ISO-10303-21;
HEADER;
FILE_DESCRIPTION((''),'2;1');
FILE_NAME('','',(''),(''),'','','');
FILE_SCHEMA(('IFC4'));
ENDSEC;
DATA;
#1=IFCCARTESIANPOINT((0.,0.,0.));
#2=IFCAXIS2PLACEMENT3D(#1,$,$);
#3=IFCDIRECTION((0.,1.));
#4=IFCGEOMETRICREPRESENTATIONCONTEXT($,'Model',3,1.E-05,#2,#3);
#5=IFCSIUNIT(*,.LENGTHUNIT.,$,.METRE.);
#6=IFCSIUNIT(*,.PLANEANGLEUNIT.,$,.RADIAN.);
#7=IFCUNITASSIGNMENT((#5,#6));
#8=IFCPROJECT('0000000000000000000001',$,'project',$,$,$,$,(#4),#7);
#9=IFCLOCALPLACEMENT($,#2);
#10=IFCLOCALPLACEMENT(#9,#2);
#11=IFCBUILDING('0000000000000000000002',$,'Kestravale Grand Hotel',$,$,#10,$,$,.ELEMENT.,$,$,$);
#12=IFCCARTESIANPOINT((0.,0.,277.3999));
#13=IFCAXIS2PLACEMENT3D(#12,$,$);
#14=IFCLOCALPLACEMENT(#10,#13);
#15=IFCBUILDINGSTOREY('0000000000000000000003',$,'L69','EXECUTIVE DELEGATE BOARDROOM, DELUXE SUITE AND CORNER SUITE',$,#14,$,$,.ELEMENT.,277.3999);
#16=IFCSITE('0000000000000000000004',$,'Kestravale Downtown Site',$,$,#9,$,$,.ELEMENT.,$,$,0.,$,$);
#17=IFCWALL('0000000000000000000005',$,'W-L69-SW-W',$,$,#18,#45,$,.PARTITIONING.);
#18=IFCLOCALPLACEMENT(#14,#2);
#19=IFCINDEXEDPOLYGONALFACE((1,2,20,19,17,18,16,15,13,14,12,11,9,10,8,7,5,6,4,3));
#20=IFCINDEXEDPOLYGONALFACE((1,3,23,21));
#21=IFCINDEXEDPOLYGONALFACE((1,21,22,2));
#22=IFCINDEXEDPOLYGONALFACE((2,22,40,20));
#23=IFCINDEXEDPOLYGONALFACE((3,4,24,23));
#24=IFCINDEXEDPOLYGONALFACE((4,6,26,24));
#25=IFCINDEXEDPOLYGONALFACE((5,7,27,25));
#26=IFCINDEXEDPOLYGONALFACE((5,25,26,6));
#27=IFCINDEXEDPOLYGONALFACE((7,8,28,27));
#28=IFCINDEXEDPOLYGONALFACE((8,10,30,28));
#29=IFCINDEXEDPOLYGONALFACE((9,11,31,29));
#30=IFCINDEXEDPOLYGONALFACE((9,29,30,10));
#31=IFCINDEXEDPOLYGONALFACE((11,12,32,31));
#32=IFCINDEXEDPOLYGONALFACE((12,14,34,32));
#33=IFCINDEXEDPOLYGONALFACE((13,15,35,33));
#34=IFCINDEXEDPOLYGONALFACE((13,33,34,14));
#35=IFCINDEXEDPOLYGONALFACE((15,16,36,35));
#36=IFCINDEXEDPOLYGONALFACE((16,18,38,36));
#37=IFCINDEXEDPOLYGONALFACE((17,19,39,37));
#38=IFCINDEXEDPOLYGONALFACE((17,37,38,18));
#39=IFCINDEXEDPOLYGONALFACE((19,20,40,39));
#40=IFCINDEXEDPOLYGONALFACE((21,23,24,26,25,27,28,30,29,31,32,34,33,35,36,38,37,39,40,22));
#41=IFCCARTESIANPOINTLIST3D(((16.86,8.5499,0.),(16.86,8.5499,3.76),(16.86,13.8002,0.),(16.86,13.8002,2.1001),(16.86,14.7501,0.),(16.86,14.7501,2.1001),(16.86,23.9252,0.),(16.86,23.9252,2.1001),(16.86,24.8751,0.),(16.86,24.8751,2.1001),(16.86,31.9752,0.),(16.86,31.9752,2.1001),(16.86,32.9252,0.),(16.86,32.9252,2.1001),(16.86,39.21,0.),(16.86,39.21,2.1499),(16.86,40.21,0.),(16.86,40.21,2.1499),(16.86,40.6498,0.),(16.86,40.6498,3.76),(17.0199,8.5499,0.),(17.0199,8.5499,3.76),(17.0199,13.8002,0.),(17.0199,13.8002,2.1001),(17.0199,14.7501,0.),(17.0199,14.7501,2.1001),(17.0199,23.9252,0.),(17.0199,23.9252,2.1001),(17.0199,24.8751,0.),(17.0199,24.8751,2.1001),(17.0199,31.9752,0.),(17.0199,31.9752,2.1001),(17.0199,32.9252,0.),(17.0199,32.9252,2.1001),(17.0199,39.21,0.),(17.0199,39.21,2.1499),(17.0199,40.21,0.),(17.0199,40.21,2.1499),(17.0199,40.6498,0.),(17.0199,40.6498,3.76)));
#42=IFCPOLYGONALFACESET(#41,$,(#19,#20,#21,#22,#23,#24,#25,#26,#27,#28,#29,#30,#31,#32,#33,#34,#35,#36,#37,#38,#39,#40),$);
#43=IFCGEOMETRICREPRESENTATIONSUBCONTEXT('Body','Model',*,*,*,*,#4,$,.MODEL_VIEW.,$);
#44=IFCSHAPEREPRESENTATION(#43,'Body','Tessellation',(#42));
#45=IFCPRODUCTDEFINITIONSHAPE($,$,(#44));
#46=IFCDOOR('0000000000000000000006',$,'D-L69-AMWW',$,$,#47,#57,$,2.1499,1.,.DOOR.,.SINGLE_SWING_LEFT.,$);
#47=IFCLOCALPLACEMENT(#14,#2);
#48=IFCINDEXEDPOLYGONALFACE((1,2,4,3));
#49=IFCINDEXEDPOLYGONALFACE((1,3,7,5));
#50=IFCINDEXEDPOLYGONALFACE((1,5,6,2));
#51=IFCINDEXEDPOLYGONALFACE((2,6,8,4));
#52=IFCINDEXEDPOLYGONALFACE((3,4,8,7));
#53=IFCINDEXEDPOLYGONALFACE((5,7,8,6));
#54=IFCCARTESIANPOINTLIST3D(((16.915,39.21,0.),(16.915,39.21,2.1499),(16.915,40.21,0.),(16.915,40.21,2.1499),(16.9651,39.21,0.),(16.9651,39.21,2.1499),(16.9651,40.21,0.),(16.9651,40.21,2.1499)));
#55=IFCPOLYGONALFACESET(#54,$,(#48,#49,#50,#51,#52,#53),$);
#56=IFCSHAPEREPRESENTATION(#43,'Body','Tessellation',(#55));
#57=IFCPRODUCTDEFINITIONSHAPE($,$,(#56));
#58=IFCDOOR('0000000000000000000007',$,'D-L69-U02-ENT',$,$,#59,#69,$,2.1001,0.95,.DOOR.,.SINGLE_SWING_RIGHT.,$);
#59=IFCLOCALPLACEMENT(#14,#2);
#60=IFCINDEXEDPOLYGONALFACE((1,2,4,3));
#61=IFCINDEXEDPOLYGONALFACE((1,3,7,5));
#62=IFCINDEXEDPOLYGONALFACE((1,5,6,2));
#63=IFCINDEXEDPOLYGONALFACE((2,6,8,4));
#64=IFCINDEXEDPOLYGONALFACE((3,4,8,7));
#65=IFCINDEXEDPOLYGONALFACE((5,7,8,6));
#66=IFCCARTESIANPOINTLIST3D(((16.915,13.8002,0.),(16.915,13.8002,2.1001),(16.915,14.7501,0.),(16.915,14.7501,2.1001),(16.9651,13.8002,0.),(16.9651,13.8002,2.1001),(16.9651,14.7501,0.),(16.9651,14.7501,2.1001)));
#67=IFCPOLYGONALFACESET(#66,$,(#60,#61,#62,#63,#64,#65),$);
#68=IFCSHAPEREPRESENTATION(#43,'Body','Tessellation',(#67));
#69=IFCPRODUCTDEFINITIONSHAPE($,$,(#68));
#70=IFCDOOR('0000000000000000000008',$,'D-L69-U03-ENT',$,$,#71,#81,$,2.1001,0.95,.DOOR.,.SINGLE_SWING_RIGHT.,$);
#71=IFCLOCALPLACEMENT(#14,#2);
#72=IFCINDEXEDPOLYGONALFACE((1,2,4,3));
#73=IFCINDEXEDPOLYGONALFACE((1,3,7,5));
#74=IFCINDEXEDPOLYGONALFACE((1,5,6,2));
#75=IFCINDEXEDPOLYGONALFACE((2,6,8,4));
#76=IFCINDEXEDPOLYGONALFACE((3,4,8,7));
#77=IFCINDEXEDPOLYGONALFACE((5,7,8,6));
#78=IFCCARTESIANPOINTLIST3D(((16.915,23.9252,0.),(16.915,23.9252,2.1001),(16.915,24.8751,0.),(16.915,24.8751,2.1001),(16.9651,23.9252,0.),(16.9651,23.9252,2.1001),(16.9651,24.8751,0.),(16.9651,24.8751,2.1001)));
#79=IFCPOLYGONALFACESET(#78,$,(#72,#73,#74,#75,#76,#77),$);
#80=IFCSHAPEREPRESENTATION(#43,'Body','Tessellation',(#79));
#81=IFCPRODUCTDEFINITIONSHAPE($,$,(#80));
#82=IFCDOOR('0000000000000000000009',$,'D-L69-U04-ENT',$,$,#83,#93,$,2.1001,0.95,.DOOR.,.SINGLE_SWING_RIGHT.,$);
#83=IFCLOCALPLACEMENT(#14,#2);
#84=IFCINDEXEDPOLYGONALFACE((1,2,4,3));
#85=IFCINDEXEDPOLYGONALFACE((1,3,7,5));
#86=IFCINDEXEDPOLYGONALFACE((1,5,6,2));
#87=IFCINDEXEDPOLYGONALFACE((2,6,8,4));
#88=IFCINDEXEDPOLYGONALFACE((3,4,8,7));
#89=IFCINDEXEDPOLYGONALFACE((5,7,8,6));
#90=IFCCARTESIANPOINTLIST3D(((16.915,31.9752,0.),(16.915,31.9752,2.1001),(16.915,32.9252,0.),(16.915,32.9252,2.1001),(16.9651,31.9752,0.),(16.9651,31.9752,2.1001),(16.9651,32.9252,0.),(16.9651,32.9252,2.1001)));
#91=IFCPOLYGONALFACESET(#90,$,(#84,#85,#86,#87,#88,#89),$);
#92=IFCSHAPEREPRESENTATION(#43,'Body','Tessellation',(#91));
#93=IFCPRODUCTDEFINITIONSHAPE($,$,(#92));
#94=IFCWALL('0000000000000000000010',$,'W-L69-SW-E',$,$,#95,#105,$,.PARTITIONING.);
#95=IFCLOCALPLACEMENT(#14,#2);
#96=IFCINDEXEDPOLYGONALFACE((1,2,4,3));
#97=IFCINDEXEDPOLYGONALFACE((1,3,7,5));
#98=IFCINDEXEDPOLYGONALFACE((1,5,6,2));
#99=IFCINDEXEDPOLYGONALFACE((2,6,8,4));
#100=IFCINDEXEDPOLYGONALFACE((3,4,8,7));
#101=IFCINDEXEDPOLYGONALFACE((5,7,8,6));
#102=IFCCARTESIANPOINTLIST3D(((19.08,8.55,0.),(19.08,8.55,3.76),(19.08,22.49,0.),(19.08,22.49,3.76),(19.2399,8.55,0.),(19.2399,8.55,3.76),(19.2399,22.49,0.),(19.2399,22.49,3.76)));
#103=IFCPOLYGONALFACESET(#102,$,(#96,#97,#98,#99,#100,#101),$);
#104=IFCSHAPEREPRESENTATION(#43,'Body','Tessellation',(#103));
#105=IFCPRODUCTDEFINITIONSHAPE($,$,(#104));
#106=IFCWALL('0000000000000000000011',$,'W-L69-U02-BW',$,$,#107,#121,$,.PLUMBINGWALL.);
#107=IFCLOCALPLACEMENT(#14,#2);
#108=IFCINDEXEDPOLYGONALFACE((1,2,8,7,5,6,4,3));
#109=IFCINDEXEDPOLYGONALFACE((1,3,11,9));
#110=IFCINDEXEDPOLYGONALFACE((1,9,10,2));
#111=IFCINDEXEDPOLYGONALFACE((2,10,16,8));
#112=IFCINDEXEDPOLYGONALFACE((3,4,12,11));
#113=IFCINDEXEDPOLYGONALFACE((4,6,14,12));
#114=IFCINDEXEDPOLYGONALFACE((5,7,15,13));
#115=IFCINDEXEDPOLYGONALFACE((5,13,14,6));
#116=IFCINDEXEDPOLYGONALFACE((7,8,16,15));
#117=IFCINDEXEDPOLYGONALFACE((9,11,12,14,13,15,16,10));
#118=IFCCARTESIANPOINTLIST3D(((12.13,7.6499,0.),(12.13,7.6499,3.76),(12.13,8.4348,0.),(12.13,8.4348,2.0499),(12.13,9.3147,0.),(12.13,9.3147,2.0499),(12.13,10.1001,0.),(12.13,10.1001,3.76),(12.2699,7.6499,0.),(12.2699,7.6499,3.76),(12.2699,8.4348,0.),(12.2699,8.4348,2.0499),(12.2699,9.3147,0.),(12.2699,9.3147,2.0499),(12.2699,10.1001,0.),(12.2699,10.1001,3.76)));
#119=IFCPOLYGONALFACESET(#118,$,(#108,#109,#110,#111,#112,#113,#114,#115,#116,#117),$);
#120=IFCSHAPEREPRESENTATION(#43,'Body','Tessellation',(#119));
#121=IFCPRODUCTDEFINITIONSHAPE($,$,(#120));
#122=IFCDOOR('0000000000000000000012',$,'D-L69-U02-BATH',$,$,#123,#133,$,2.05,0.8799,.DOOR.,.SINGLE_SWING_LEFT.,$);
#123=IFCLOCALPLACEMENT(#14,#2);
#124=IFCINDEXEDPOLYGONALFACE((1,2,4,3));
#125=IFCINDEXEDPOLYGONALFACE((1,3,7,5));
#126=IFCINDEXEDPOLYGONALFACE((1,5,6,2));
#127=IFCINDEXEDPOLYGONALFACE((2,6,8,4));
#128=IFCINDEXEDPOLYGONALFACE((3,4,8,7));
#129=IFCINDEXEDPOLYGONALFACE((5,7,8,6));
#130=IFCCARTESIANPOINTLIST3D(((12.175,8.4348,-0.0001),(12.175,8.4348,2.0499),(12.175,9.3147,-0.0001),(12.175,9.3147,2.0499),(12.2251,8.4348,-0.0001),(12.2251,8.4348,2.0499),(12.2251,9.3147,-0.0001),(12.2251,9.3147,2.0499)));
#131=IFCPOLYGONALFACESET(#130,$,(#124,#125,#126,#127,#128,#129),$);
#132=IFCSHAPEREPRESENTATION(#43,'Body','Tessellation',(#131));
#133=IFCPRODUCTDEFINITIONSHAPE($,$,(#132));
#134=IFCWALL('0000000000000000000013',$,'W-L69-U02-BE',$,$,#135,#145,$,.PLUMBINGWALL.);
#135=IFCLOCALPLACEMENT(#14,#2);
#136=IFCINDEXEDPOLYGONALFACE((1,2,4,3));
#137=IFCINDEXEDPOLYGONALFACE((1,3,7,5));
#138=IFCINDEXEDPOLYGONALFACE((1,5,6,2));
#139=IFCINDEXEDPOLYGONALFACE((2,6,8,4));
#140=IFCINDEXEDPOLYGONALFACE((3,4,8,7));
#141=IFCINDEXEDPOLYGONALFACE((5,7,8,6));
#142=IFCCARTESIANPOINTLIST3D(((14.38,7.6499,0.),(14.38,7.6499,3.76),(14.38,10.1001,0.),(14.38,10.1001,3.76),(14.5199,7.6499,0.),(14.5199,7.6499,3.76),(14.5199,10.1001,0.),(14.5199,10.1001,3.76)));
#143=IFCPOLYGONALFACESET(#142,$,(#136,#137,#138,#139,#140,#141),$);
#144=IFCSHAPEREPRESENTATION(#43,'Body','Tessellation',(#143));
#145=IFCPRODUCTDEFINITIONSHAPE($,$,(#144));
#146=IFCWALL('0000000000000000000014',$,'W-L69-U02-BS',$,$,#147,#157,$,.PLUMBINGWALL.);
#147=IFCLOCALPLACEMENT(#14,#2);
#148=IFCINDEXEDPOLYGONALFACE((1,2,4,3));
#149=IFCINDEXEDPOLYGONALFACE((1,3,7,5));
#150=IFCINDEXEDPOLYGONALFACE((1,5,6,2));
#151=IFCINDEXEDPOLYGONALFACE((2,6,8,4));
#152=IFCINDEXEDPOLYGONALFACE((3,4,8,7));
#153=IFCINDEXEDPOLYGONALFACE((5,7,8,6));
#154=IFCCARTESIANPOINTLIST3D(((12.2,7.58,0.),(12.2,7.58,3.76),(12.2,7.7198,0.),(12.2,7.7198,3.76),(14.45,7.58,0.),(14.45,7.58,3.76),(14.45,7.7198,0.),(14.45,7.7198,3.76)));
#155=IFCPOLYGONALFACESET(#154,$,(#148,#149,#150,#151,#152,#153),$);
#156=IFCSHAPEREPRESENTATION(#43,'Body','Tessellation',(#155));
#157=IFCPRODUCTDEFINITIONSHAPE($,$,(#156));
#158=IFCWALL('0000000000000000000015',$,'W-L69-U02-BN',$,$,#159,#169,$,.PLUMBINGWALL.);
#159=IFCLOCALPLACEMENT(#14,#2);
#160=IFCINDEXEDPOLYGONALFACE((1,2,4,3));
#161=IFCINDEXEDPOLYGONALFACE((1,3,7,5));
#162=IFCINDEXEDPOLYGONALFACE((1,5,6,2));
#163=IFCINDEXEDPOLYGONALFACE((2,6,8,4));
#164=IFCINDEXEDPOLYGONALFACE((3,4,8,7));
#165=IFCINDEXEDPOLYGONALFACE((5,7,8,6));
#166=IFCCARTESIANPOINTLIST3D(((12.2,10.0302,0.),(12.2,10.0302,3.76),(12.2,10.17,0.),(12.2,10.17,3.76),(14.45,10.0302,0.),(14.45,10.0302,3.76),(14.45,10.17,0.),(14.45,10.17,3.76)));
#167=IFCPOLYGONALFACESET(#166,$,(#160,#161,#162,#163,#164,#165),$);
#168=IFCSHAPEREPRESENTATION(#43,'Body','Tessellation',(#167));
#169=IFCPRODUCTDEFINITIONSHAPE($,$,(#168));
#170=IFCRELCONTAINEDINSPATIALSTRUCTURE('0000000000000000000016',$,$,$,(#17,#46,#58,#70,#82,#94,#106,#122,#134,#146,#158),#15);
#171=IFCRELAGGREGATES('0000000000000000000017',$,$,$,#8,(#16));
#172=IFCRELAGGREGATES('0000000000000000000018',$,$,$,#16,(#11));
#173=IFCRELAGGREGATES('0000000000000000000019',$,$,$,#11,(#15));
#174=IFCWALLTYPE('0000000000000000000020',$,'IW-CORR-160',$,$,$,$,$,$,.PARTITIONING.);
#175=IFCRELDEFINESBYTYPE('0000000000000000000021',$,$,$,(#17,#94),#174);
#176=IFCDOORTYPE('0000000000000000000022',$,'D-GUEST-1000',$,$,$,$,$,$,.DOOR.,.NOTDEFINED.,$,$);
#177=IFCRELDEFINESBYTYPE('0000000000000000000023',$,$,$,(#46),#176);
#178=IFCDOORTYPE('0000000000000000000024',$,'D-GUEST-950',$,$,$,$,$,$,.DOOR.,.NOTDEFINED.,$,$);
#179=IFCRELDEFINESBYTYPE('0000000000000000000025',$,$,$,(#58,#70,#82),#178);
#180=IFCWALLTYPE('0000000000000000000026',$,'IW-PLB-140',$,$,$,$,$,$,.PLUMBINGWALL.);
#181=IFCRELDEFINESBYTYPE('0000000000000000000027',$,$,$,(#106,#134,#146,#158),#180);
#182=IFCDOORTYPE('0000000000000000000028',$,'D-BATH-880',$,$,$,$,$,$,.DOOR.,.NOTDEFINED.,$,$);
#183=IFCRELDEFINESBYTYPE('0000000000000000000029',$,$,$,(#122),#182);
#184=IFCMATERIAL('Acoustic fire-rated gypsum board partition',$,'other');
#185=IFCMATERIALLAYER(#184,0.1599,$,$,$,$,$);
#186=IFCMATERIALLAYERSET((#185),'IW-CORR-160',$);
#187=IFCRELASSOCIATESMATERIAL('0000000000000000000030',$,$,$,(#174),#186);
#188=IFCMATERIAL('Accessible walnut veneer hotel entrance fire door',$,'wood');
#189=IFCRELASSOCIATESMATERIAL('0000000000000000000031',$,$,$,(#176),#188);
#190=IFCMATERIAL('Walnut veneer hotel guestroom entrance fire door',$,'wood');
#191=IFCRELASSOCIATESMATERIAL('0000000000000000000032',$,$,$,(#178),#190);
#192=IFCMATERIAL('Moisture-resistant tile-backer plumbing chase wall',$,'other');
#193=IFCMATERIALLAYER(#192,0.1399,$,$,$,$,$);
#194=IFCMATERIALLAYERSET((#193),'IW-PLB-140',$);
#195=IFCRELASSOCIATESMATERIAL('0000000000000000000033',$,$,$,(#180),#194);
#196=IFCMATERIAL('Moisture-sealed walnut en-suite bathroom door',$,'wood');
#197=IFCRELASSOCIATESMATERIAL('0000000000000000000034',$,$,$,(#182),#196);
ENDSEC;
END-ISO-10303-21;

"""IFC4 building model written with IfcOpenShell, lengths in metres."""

from ifc_helpers import new_model, si_unit, direction, frame, frame_2d, origin, place, context, subcontext, project, spatial, rectangle, extrude, material, layer, layer_set, type_object, element, fill, save


model = new_model("IFC4")

# Units and contexts
model_context = context("Model", 3, precision=1e-05, world=origin(), true_north=direction((0.0, 1.0)))
body_context = subcontext(model_context, "Body", "Model", "MODEL_VIEW")
ifc_project = project(units=[si_unit("LENGTHUNIT", "METRE"), si_unit("PLANEANGLEUNIT", "RADIAN")], contexts=[model_context])

# Site, building, storey
site_placement = place(None, origin())
site = spatial("IfcSite", under=ifc_project, at=site_placement, Name="Kestravale Downtown Site", CompositionType="ELEMENT", RefElevation=0.0)
building_placement = place(site_placement, origin())
building = spatial("IfcBuilding", under=site, at=building_placement, Name="Kestravale Grand Hotel", CompositionType="ELEMENT")
storey_placement = place(building_placement, frame((0.0, 0.0, 277.3999)))
storey = spatial("IfcBuildingStorey", under=building, at=storey_placement, Name="L69", Description="EXECUTIVE DELEGATE BOARDROOM, DELUXE SUITE AND CORNER SUITE", CompositionType="ELEMENT", Elevation=277.3999)

# Wall, openings, doors
ifc_material_1 = material(Name="Acoustic fire-rated gypsum board partition", Category="other")
ifc_layer_1 = layer(ifc_material_1, 0.1599)
ifc_layer_set_1 = layer_set([ifc_layer_1], Name="IW-CORR-160")
wall_type_1 = type_object("IfcWallType", Name="IW-CORR-160", PredefinedType="PARTITIONING", material=ifc_layer_set_1)
wall_1_placement = place(storey_placement, frame((16.9399, 8.55, 0.0), z_axis=(0.0, 0.0, 1.0), x_axis=(0.0, 1.0, 0.0)))
wall_1 = element("IfcWall", 1, at=wall_1_placement, inside=storey, type_object=wall_type_1, Name="W-L69-SW-W", PredefinedType="PARTITIONING", context=body_context, shape_type="SweptSolid", body=[
    extrude(rectangle(XDim=32.0999, YDim=0.1599, at=frame_2d((16.0498, 0.0))), origin(), (0.0, 0.0, 1.0), 3.76),
])
opening_1_placement = place(wall_1_placement, frame((5.25, 0.0, 0.0)))
opening_1 = element("IfcOpeningElement", 2, at=opening_1_placement, cuts=wall_1, PredefinedType="OPENING", context=body_context, shape_type="SweptSolid", body=[
    extrude(rectangle(XDim=0.95, YDim=2.1001, at=frame_2d((0.4751, 1.05))), frame((0.0, 0.0898, 0.0), z_axis=(0.0, -1.0, 0.0), x_axis=(1.0, 0.0, 0.0)), (0.0, 0.0, 1.0), 0.1799),
])
opening_2_placement = place(wall_1_placement, frame((15.375, 0.0, 0.0)))
opening_2 = element("IfcOpeningElement", 3, at=opening_2_placement, cuts=wall_1, PredefinedType="OPENING", context=body_context, shape_type="SweptSolid", body=[
    extrude(rectangle(XDim=0.95, YDim=2.1001, at=frame_2d((0.4751, 1.05))), frame((0.0, 0.0898, 0.0), z_axis=(0.0, -1.0, 0.0), x_axis=(1.0, 0.0, 0.0)), (0.0, 0.0, 1.0), 0.1799),
])
opening_3_placement = place(wall_1_placement, frame((23.425, 0.0, 0.0)))
opening_3 = element("IfcOpeningElement", 4, at=opening_3_placement, cuts=wall_1, PredefinedType="OPENING", context=body_context, shape_type="SweptSolid", body=[
    extrude(rectangle(XDim=0.95, YDim=2.1001, at=frame_2d((0.4751, 1.05))), frame((0.0, 0.0898, 0.0), z_axis=(0.0, -1.0, 0.0), x_axis=(1.0, 0.0, 0.0)), (0.0, 0.0, 1.0), 0.1799),
])
opening_4_placement = place(wall_1_placement, frame((30.6599, 0.0, 0.0)))
opening_4 = element("IfcOpeningElement", 5, at=opening_4_placement, cuts=wall_1, PredefinedType="OPENING", context=body_context, shape_type="SweptSolid", body=[
    extrude(rectangle(XDim=1.0, YDim=2.1499, at=frame_2d((0.5, 1.075))), frame((0.0, 0.0898, 0.0), z_axis=(0.0, -1.0, 0.0), x_axis=(1.0, 0.0, 0.0)), (0.0, 0.0, 1.0), 0.1799),
])
ifc_material_2 = material(Name="Accessible walnut veneer hotel entrance fire door", Category="wood")
door_type_1 = type_object("IfcDoorType", Name="D-GUEST-1000", OperationType="NOTDEFINED", PredefinedType="DOOR", material=ifc_material_2)
door_1_placement = place(opening_4_placement, origin())
door_1 = element("IfcDoor", 6, at=door_1_placement, inside=storey, type_object=door_type_1, Name="D-L69-AMWW", OperationType="SINGLE_SWING_LEFT", OverallHeight=2.1499, OverallWidth=1.0, PredefinedType="DOOR", context=body_context, shape_type="SweptSolid", body=[
    extrude(rectangle(XDim=1.0, YDim=2.1499, at=frame_2d((0.5, 1.075))), frame((0.0, 0.0249, 0.0), z_axis=(0.0, -1.0, 0.0), x_axis=(1.0, 0.0, 0.0)), (0.0, 0.0, 1.0), 0.05),
])
fill(opening_4, door_1)
ifc_material_3 = material(Name="Walnut veneer hotel guestroom entrance fire door", Category="wood")
door_type_2 = type_object("IfcDoorType", Name="D-GUEST-950", OperationType="NOTDEFINED", PredefinedType="DOOR", material=ifc_material_3)
door_2_placement = place(opening_1_placement, origin())
door_2 = element("IfcDoor", 7, at=door_2_placement, inside=storey, type_object=door_type_2, Name="D-L69-U02-ENT", OperationType="SINGLE_SWING_RIGHT", OverallHeight=2.1001, OverallWidth=0.95, PredefinedType="DOOR", context=body_context, shape_type="SweptSolid", body=[
    extrude(rectangle(XDim=0.95, YDim=2.1001, at=frame_2d((0.4751, 1.05))), frame((0.0, 0.0249, 0.0), z_axis=(0.0, -1.0, 0.0), x_axis=(1.0, 0.0, 0.0)), (0.0, 0.0, 1.0), 0.05),
])
fill(opening_1, door_2)
door_3_placement = place(opening_2_placement, origin())
door_3 = element("IfcDoor", 8, at=door_3_placement, inside=storey, type_object=door_type_2, Name="D-L69-U03-ENT", OperationType="SINGLE_SWING_RIGHT", OverallHeight=2.1001, OverallWidth=0.95, PredefinedType="DOOR", context=body_context, shape_type="SweptSolid", body=[
    extrude(rectangle(XDim=0.95, YDim=2.1001, at=frame_2d((0.4751, 1.05))), frame((0.0, 0.0249, 0.0), z_axis=(0.0, -1.0, 0.0), x_axis=(1.0, 0.0, 0.0)), (0.0, 0.0, 1.0), 0.05),
])
fill(opening_2, door_3)
door_4_placement = place(opening_3_placement, origin())
door_4 = element("IfcDoor", 9, at=door_4_placement, inside=storey, type_object=door_type_2, Name="D-L69-U04-ENT", OperationType="SINGLE_SWING_RIGHT", OverallHeight=2.1001, OverallWidth=0.95, PredefinedType="DOOR", context=body_context, shape_type="SweptSolid", body=[
    extrude(rectangle(XDim=0.95, YDim=2.1001, at=frame_2d((0.4751, 1.05))), frame((0.0, 0.0249, 0.0), z_axis=(0.0, -1.0, 0.0), x_axis=(1.0, 0.0, 0.0)), (0.0, 0.0, 1.0), 0.05),
])
fill(opening_3, door_4)

# Wall
wall_2_placement = place(storey_placement, frame((19.1599, 8.55, 0.0), z_axis=(0.0, 0.0, 1.0), x_axis=(0.0, 1.0, 0.0)))
element("IfcWall", 10, at=wall_2_placement, inside=storey, type_object=wall_type_1, Name="W-L69-SW-E", PredefinedType="PARTITIONING", context=body_context, shape_type="SweptSolid", body=[
    extrude(rectangle(XDim=13.9399, YDim=0.1599, at=frame_2d((6.97, 0.0))), origin(), (0.0, 0.0, 1.0), 3.76),
])

# Wall, opening, door
ifc_material_4 = material(Name="Moisture-resistant tile-backer plumbing chase wall", Category="other")
ifc_layer_2 = layer(ifc_material_4, 0.1399)
ifc_layer_set_2 = layer_set([ifc_layer_2], Name="IW-PLB-140")
wall_type_2 = type_object("IfcWallType", Name="IW-PLB-140", PredefinedType="PLUMBINGWALL", material=ifc_layer_set_2)
wall_3_placement = place(storey_placement, frame((12.2, 7.6499, 0.0), z_axis=(0.0, 0.0, 1.0), x_axis=(0.0, 1.0, 0.0)))
wall_3 = element("IfcWall", 11, at=wall_3_placement, inside=storey, type_object=wall_type_2, Name="W-L69-U02-BW", PredefinedType="PLUMBINGWALL", context=body_context, shape_type="SweptSolid", body=[
    extrude(rectangle(XDim=2.4502, YDim=0.1399, at=frame_2d((1.2251, 0.0))), origin(), (0.0, 0.0, 1.0), 3.76),
])
opening_5_placement = place(wall_3_placement, frame((0.7849, 0.0, 0.0)))
opening_5 = element("IfcOpeningElement", 12, at=opening_5_placement, cuts=wall_3, PredefinedType="OPENING", context=body_context, shape_type="SweptSolid", body=[
    extrude(rectangle(XDim=0.8799, YDim=2.05, at=frame_2d((0.4399, 1.0249))), frame((0.0, 0.0798, 0.0), z_axis=(0.0, -1.0, 0.0), x_axis=(1.0, 0.0, 0.0)), (0.0, 0.0, 1.0), 0.1599),
])
ifc_material_5 = material(Name="Moisture-sealed walnut en-suite bathroom door", Category="wood")
door_type_3 = type_object("IfcDoorType", Name="D-BATH-880", OperationType="NOTDEFINED", PredefinedType="DOOR", material=ifc_material_5)
door_5_placement = place(opening_5_placement, origin())
door_5 = element("IfcDoor", 13, at=door_5_placement, inside=storey, type_object=door_type_3, Name="D-L69-U02-BATH", OperationType="SINGLE_SWING_LEFT", OverallHeight=2.05, OverallWidth=0.8799, PredefinedType="DOOR", context=body_context, shape_type="SweptSolid", body=[
    extrude(rectangle(XDim=0.8799, YDim=2.05, at=frame_2d((0.4399, 1.0249))), frame((0.0, 0.0249, 0.0), z_axis=(0.0, -1.0, 0.0), x_axis=(1.0, 0.0, 0.0)), (0.0, 0.0, 1.0), 0.05),
])
fill(opening_5, door_5)

# Walls
wall_4_placement = place(storey_placement, frame((14.45, 7.6499, 0.0), z_axis=(0.0, 0.0, 1.0), x_axis=(0.0, 1.0, 0.0)))
element("IfcWall", 14, at=wall_4_placement, inside=storey, type_object=wall_type_2, Name="W-L69-U02-BE", PredefinedType="PLUMBINGWALL", context=body_context, shape_type="SweptSolid", body=[
    extrude(rectangle(XDim=2.4502, YDim=0.1399, at=frame_2d((1.2251, 0.0))), origin(), (0.0, 0.0, 1.0), 3.76),
])
for number, where, z_axis, x_axis, name in (
    (15, (12.2, 7.6499, 0.0), (0.0, 0.0, 1.0), (1.0, 0.0, 0.0), "W-L69-U02-BS"),
    (16, (12.2, 10.1001, 0.0), (0.0, 0.0, 1.0), (1.0, 0.0, 0.0), "W-L69-U02-BN"),
):
    element("IfcWall", number, at=place(storey_placement, frame(where, z_axis=z_axis, x_axis=x_axis)), inside=storey, type_object=wall_type_2, Name=name, PredefinedType="PLUMBINGWALL", context=body_context, shape_type="SweptSolid", body=[
        extrude(rectangle(XDim=2.25, YDim=0.1399, at=frame_2d((1.125, 0.0))), origin(), (0.0, 0.0, 1.0), 3.76),
    ])

save(model, "model.ifc")
